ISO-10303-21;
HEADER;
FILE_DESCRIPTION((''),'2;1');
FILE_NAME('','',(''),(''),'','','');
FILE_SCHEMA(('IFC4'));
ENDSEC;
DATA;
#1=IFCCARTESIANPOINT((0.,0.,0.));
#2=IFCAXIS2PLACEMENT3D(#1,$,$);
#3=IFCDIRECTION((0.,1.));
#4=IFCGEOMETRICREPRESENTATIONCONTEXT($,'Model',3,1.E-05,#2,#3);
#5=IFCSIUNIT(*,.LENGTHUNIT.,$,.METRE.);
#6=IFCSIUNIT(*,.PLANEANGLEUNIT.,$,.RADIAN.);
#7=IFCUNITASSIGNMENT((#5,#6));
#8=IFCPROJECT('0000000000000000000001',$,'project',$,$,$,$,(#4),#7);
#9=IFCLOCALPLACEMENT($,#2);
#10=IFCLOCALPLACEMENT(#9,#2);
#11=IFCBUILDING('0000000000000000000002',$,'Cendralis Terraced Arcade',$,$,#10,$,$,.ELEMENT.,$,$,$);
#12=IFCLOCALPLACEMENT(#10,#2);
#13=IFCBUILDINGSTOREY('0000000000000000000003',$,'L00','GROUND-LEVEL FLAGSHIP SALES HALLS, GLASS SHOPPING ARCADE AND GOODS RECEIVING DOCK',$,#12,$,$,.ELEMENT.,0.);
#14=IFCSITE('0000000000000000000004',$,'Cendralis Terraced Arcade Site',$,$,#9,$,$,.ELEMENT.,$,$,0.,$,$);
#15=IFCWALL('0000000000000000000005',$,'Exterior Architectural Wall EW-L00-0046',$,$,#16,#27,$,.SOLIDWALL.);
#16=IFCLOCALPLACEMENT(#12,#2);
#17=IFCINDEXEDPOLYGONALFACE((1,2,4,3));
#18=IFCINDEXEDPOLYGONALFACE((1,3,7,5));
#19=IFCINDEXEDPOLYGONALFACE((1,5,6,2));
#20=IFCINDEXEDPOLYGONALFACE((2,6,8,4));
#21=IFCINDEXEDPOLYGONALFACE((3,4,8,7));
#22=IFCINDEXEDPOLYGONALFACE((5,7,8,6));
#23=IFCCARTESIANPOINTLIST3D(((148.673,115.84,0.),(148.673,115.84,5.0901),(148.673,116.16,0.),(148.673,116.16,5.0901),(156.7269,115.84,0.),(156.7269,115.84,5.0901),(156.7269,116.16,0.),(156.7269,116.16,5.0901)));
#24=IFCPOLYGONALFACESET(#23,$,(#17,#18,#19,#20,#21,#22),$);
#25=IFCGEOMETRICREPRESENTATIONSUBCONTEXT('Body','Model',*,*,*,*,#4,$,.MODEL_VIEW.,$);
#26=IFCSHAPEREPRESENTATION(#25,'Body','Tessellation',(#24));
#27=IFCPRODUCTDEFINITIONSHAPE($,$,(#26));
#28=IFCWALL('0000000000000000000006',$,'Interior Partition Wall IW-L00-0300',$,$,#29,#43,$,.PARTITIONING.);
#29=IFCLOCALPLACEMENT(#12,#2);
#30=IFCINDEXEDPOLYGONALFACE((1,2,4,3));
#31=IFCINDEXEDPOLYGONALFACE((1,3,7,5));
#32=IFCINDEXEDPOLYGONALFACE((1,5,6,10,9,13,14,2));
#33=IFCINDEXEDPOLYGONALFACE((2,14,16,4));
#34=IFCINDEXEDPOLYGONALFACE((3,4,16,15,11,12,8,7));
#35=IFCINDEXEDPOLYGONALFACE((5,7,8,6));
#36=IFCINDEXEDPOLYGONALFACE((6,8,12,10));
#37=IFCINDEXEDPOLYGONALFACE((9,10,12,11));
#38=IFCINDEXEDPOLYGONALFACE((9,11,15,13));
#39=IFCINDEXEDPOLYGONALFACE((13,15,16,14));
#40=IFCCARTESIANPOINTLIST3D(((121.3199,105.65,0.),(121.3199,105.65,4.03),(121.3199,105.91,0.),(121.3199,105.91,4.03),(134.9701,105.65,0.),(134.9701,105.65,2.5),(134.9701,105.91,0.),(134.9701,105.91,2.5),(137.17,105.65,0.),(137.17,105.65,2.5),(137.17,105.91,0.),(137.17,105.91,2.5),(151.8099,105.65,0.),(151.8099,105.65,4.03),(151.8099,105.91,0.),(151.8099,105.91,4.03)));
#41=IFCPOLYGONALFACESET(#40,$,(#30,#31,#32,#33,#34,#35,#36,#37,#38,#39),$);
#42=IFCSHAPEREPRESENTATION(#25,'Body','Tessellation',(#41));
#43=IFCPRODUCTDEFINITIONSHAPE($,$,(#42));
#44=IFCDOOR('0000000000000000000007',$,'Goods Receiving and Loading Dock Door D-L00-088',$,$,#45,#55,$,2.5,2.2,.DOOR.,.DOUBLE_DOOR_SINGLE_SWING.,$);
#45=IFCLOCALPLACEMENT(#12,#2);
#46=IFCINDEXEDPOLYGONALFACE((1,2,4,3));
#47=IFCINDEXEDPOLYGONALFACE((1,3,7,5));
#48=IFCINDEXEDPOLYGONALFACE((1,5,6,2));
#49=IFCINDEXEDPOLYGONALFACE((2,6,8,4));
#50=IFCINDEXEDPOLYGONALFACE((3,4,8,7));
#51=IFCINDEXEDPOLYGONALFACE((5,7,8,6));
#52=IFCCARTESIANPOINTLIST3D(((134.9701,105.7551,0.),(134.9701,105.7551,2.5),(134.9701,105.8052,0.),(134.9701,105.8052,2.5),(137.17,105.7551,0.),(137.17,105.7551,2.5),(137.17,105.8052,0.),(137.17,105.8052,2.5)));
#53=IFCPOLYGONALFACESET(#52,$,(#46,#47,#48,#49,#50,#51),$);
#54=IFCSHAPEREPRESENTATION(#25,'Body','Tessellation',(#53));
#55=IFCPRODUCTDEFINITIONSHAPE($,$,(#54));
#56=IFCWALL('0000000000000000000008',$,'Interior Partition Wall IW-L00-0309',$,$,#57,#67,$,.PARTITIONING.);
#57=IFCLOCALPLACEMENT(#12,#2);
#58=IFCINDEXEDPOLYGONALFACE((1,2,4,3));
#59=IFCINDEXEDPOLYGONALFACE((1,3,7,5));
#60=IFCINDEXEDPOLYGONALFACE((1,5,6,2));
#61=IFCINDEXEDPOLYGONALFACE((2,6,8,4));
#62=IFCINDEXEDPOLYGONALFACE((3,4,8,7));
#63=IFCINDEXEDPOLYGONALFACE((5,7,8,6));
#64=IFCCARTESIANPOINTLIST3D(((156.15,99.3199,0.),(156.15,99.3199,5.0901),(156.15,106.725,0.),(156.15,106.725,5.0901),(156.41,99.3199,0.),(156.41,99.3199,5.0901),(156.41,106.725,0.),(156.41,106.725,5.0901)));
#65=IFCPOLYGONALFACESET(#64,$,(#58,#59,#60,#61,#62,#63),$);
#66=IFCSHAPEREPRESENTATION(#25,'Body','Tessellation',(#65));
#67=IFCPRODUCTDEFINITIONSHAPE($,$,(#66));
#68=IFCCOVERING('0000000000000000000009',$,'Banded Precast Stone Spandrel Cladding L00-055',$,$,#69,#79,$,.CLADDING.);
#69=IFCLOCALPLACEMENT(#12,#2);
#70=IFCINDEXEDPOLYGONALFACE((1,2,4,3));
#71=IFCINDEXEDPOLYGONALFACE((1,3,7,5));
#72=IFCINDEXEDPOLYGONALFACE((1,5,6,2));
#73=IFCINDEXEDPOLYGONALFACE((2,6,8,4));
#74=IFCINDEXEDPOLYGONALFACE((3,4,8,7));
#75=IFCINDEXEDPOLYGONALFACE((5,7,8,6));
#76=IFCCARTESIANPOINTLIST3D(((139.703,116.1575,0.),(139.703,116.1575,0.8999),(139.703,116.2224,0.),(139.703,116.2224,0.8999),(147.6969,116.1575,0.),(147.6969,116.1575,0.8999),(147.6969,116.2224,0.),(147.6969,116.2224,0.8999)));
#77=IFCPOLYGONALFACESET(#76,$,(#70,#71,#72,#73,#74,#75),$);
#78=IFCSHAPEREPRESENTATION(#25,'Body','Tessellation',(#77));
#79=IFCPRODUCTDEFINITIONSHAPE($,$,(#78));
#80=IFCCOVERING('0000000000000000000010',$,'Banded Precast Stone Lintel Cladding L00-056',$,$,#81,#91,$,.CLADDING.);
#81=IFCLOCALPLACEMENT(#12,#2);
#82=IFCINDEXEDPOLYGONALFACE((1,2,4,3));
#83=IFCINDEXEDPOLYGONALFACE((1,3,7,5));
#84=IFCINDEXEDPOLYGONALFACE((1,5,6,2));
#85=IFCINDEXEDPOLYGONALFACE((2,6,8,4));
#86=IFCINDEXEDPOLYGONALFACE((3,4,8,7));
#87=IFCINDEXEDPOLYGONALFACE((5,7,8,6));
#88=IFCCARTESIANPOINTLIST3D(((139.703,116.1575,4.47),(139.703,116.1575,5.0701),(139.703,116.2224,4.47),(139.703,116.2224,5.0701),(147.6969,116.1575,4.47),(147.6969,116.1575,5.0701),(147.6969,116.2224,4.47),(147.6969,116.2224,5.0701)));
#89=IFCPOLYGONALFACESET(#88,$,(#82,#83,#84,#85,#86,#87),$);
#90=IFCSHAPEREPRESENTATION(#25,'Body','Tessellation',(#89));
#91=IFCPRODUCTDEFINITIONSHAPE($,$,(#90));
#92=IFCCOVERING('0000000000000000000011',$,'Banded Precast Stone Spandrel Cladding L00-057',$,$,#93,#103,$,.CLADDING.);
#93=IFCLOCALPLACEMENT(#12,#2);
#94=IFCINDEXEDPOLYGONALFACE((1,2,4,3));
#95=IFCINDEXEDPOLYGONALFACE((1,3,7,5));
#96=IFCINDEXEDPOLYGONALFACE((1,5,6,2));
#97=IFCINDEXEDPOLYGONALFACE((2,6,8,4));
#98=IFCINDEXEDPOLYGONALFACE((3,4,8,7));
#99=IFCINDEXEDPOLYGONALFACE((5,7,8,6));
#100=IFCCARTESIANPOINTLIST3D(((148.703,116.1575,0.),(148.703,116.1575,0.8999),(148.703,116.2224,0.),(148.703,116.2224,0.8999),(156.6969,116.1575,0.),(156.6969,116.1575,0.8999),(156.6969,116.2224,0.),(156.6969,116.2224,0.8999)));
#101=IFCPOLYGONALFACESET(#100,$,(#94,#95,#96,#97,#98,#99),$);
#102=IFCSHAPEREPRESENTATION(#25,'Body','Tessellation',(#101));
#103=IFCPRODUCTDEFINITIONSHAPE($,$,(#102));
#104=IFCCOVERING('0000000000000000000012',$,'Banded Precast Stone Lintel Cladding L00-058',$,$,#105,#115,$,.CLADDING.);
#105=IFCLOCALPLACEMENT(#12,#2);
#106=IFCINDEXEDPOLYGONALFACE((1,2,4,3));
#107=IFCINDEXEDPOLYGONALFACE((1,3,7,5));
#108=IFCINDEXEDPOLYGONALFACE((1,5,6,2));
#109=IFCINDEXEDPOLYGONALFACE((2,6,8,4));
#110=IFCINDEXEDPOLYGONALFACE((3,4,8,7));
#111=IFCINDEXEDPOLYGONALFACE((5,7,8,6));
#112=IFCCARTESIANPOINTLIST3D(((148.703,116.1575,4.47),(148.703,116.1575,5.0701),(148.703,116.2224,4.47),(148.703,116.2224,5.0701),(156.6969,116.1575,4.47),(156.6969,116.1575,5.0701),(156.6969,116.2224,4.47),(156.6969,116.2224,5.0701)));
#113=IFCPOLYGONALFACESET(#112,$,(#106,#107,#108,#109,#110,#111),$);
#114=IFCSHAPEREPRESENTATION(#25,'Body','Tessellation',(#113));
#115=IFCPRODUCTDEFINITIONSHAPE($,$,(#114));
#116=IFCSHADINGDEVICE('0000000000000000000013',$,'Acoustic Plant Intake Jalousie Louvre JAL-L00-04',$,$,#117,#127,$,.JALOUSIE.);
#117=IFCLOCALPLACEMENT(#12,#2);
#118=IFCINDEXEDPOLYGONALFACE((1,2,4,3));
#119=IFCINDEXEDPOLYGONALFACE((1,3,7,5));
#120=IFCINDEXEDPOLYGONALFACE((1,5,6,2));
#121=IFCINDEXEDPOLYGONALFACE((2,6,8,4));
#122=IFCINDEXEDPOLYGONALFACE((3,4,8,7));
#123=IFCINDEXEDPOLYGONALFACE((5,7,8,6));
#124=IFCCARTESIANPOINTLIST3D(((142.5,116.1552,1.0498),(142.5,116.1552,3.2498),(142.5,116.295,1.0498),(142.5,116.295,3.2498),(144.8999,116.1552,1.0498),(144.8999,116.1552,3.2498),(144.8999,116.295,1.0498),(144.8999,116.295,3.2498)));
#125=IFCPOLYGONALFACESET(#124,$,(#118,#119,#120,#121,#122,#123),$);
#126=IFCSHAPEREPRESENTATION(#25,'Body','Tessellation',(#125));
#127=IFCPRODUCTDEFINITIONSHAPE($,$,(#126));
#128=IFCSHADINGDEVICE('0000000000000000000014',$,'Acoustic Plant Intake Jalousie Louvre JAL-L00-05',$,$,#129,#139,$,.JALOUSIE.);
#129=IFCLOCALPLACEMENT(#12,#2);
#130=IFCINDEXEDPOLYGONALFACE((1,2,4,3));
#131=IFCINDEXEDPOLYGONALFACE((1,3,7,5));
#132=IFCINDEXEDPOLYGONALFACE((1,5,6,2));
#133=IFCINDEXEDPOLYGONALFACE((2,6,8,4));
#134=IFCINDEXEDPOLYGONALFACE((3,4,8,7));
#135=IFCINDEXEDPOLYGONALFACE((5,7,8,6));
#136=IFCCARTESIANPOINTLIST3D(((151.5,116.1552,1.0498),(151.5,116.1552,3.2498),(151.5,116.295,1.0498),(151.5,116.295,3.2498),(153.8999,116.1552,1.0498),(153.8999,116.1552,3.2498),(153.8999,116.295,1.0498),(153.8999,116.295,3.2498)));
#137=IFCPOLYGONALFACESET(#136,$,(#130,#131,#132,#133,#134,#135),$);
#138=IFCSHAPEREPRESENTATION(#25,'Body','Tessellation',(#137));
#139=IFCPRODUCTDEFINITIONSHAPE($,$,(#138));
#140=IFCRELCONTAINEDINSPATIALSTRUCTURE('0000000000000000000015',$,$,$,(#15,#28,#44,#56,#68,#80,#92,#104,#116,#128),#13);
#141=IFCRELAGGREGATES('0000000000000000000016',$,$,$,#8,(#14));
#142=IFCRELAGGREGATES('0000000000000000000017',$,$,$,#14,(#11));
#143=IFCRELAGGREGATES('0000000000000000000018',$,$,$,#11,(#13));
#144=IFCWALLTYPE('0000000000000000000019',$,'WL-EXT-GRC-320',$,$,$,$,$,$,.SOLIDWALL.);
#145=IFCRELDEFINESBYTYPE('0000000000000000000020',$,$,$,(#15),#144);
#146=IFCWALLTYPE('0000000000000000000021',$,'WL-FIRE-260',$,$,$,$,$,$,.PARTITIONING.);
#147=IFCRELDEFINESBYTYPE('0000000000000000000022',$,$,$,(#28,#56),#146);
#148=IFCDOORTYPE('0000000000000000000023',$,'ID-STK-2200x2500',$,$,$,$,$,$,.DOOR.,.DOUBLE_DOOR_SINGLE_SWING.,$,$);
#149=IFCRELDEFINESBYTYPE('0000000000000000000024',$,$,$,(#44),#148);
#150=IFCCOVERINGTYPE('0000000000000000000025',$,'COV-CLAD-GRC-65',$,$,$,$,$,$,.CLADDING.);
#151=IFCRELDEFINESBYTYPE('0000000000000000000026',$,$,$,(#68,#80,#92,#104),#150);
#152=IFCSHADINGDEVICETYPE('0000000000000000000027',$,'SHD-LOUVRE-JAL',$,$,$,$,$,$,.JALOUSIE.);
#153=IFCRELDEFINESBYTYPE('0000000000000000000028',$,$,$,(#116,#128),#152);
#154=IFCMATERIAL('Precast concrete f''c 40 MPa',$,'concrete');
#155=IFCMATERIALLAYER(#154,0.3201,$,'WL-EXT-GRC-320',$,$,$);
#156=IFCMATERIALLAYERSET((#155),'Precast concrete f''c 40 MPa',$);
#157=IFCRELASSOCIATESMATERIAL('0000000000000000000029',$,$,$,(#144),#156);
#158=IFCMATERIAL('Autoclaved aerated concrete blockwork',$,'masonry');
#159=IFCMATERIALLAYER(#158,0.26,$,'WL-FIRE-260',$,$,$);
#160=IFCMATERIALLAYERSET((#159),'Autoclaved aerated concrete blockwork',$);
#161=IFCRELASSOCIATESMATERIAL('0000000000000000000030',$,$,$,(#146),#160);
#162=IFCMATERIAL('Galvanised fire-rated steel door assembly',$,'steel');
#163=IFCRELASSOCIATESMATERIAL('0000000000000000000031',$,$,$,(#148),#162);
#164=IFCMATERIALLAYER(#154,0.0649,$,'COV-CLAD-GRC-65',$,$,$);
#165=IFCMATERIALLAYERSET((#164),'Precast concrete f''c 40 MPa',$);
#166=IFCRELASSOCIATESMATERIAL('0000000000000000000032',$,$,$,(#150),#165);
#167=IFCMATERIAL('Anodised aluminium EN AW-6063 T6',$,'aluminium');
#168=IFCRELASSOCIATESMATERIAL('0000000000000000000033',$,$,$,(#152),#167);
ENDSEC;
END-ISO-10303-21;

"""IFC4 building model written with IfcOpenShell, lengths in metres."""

from ifc_helpers import new_model, si_unit, direction, frame, frame_2d, origin, origin_2d, place, context, subcontext, project, spatial, rectangle, extrude, material, layer, layer_set, type_object, element, fill, save


model = new_model("IFC4")

# Units and contexts
model_context = context("Model", 3, precision=1e-05, world=origin(), true_north=direction((0.0, 1.0)))
body_context = subcontext(model_context, "Body", "Model", "MODEL_VIEW")
ifc_project = project(units=[si_unit("LENGTHUNIT", "METRE"), si_unit("PLANEANGLEUNIT", "RADIAN")], contexts=[model_context])

# Site, building, storey
site_placement = place(None, origin())
site = spatial("IfcSite", under=ifc_project, at=site_placement, Name="Cendralis Terraced Arcade Site", CompositionType="ELEMENT", RefElevation=0.0)
building_placement = place(site_placement, origin())
building = spatial("IfcBuilding", under=site, at=building_placement, Name="Cendralis Terraced Arcade", CompositionType="ELEMENT")
storey_placement = place(building_placement, origin())
storey = spatial("IfcBuildingStorey", under=building, at=storey_placement, Name="L00", Description="GROUND-LEVEL FLAGSHIP SALES HALLS, GLASS SHOPPING ARCADE AND GOODS RECEIVING DOCK", CompositionType="ELEMENT", Elevation=0.0)

# Wall
ifc_material_1 = material(Name="Precast concrete f'c 40 MPa", Category="concrete")
ifc_layer_1 = layer(ifc_material_1, 0.3201, Name="WL-EXT-GRC-320")
ifc_layer_set_1 = layer_set([ifc_layer_1], Name="Precast concrete f'c 40 MPa")
wall_type_1 = type_object("IfcWallType", Name="WL-EXT-GRC-320", PredefinedType="SOLIDWALL", material=ifc_layer_set_1)
for number, where, z_axis, x_axis, name in (
    (1, (148.6731, 116.0, 0.0), (0.0, 0.0, 1.0), (1.0, 0.0, 0.0), "Exterior Architectural Wall EW-L00-0046"),
):
    element("IfcWall", number, at=place(storey_placement, frame(where, z_axis=z_axis, x_axis=x_axis)), inside=storey, type_object=wall_type_1, Name=name, PredefinedType="SOLIDWALL", context=body_context, shape_type="SweptSolid", body=[
        extrude(rectangle(XDim=8.054, YDim=0.3201, at=frame_2d((4.0269, 0.0))), origin(), (0.0, 0.0, 1.0), 5.0901),
    ])

# Wall, opening, door
ifc_material_2 = material(Name="Autoclaved aerated concrete blockwork", Category="masonry")
ifc_layer_2 = layer(ifc_material_2, 0.26, Name="WL-FIRE-260")
ifc_layer_set_2 = layer_set([ifc_layer_2], Name="Autoclaved aerated concrete blockwork")
wall_type_2 = type_object("IfcWallType", Name="WL-FIRE-260", PredefinedType="PARTITIONING", material=ifc_layer_set_2)
wall_1_placement = place(storey_placement, frame((151.8101, 105.78, 0.0), z_axis=(0.0, 0.0, 1.0), x_axis=(-1.0, 0.0, 0.0)))
wall_1 = element("IfcWall", 2, at=wall_1_placement, inside=storey, type_object=wall_type_2, Name="Interior Partition Wall IW-L00-0300", PredefinedType="PARTITIONING", context=body_context, shape_type="SweptSolid", body=[
    extrude(rectangle(XDim=30.49, YDim=0.26, at=frame_2d((15.2451, 0.0))), origin(), (0.0, 0.0, 1.0), 4.03),
])
opening_placement = place(wall_1_placement, frame((14.6399, 0.0, 0.0)))
opening = element("IfcOpeningElement", 3, at=opening_placement, cuts=wall_1, PredefinedType="OPENING", context=body_context, shape_type="SweptSolid", body=[
    extrude(rectangle(XDim=2.2, YDim=2.5, at=frame_2d((1.1001, 1.25))), frame((0.0, 0.1421, 0.0), z_axis=(0.0, -1.0, 0.0), x_axis=(1.0, 0.0, 0.0)), (0.0, 0.0, 1.0), 0.2839),
])
ifc_material_3 = material(Name="Galvanised fire-rated steel door assembly", Category="steel")
door_type = type_object("IfcDoorType", Name="ID-STK-2200x2500", OperationType="DOUBLE_DOOR_SINGLE_SWING", PredefinedType="DOOR", material=ifc_material_3)
door_placement = place(opening_placement, origin())
door = element("IfcDoor", 4, at=door_placement, inside=storey, type_object=door_type, Name="Goods Receiving and Loading Dock Door D-L00-088", OperationType="DOUBLE_DOOR_SINGLE_SWING", OverallHeight=2.5, OverallWidth=2.2, PredefinedType="DOOR", context=body_context, shape_type="SweptSolid", body=[
    extrude(rectangle(XDim=2.2, YDim=2.5, at=frame_2d((1.1001, 1.25))), frame((0.0, 0.0249, 0.0), z_axis=(0.0, -1.0, 0.0), x_axis=(1.0, 0.0, 0.0)), (0.0, 0.0, 1.0), 0.05),
])
fill(opening, door)

# Wall
wall_2_placement = place(storey_placement, frame((156.28, 106.7251, 0.0), z_axis=(0.0, 0.0, 1.0), x_axis=(0.0, -1.0, 0.0)))
element("IfcWall", 5, at=wall_2_placement, inside=storey, type_object=wall_type_2, Name="Interior Partition Wall IW-L00-0309", PredefinedType="PARTITIONING", context=body_context, shape_type="SweptSolid", body=[
    extrude(rectangle(XDim=7.405, YDim=0.26, at=frame_2d((3.7026, 0.0))), origin(), (0.0, 0.0, 1.0), 5.0901),
])

# Coverings
ifc_layer_3 = layer(ifc_material_1, 0.0649, Name="COV-CLAD-GRC-65")
ifc_layer_set_3 = layer_set([ifc_layer_3], Name="Precast concrete f'c 40 MPa")
covering_type = type_object("IfcCoveringType", Name="COV-CLAD-GRC-65", PredefinedType="CLADDING", material=ifc_layer_set_3)
covering_1_placement = place(storey_placement, frame((143.7, 116.1899, 0.0), z_axis=(0.0, 0.0, 1.0), x_axis=(1.0, 0.0, 0.0)))
element("IfcCovering", 6, at=covering_1_placement, inside=storey, type_object=covering_type, Name="Banded Precast Stone Spandrel Cladding L00-055", PredefinedType="CLADDING", context=body_context, shape_type="SweptSolid", body=[
    extrude(rectangle(XDim=7.9939, YDim=0.0649, at=origin_2d()), origin(), (0.0, 0.0, 1.0), 0.8999),
])
covering_2_placement = place(storey_placement, frame((143.7, 116.1899, 4.47), z_axis=(0.0, 0.0, 1.0), x_axis=(1.0, 0.0, 0.0)))
element("IfcCovering", 7, at=covering_2_placement, inside=storey, type_object=covering_type, Name="Banded Precast Stone Lintel Cladding L00-056", PredefinedType="CLADDING", context=body_context, shape_type="SweptSolid", body=[
    extrude(rectangle(XDim=7.9939, YDim=0.0649, at=origin_2d()), origin(), (0.0, 0.0, 1.0), 0.6001),
])
covering_3_placement = place(storey_placement, frame((152.7, 116.1899, 0.0), z_axis=(0.0, 0.0, 1.0), x_axis=(1.0, 0.0, 0.0)))
element("IfcCovering", 8, at=covering_3_placement, inside=storey, type_object=covering_type, Name="Banded Precast Stone Spandrel Cladding L00-057", PredefinedType="CLADDING", context=body_context, shape_type="SweptSolid", body=[
    extrude(rectangle(XDim=7.9939, YDim=0.0649, at=origin_2d()), origin(), (0.0, 0.0, 1.0), 0.8999),
])
covering_4_placement = place(storey_placement, frame((152.7, 116.1899, 4.47), z_axis=(0.0, 0.0, 1.0), x_axis=(1.0, 0.0, 0.0)))
element("IfcCovering", 9, at=covering_4_placement, inside=storey, type_object=covering_type, Name="Banded Precast Stone Lintel Cladding L00-058", PredefinedType="CLADDING", context=body_context, shape_type="SweptSolid", body=[
    extrude(rectangle(XDim=7.9939, YDim=0.0649, at=origin_2d()), origin(), (0.0, 0.0, 1.0), 0.6001),
])

# Shading devices
ifc_material_4 = material(Name="Anodised aluminium EN AW-6063 T6", Category="aluminium")
shading_device_type = type_object("IfcShadingDeviceType", Name="SHD-LOUVRE-JAL", PredefinedType="JALOUSIE", material=ifc_material_4)
for number, where, z_axis, x_axis, name in (
    (10, (143.7, 116.2251, 1.0498), (0.0, 0.0, 1.0), (1.0, 0.0, 0.0), "Acoustic Plant Intake Jalousie Louvre JAL-L00-04"),
    (11, (152.7, 116.2251, 1.0498), (0.0, 0.0, 1.0), (1.0, 0.0, 0.0), "Acoustic Plant Intake Jalousie Louvre JAL-L00-05"),
):
    element("IfcShadingDevice", number, at=place(storey_placement, frame(where, z_axis=z_axis, x_axis=x_axis)), inside=storey, type_object=shading_device_type, Name=name, PredefinedType="JALOUSIE", context=body_context, shape_type="SweptSolid", body=[
        extrude(rectangle(XDim=2.3999, YDim=0.1399, at=origin_2d()), origin(), (0.0, 0.0, 1.0), 2.2),
    ])

save(model, "model.ifc")
